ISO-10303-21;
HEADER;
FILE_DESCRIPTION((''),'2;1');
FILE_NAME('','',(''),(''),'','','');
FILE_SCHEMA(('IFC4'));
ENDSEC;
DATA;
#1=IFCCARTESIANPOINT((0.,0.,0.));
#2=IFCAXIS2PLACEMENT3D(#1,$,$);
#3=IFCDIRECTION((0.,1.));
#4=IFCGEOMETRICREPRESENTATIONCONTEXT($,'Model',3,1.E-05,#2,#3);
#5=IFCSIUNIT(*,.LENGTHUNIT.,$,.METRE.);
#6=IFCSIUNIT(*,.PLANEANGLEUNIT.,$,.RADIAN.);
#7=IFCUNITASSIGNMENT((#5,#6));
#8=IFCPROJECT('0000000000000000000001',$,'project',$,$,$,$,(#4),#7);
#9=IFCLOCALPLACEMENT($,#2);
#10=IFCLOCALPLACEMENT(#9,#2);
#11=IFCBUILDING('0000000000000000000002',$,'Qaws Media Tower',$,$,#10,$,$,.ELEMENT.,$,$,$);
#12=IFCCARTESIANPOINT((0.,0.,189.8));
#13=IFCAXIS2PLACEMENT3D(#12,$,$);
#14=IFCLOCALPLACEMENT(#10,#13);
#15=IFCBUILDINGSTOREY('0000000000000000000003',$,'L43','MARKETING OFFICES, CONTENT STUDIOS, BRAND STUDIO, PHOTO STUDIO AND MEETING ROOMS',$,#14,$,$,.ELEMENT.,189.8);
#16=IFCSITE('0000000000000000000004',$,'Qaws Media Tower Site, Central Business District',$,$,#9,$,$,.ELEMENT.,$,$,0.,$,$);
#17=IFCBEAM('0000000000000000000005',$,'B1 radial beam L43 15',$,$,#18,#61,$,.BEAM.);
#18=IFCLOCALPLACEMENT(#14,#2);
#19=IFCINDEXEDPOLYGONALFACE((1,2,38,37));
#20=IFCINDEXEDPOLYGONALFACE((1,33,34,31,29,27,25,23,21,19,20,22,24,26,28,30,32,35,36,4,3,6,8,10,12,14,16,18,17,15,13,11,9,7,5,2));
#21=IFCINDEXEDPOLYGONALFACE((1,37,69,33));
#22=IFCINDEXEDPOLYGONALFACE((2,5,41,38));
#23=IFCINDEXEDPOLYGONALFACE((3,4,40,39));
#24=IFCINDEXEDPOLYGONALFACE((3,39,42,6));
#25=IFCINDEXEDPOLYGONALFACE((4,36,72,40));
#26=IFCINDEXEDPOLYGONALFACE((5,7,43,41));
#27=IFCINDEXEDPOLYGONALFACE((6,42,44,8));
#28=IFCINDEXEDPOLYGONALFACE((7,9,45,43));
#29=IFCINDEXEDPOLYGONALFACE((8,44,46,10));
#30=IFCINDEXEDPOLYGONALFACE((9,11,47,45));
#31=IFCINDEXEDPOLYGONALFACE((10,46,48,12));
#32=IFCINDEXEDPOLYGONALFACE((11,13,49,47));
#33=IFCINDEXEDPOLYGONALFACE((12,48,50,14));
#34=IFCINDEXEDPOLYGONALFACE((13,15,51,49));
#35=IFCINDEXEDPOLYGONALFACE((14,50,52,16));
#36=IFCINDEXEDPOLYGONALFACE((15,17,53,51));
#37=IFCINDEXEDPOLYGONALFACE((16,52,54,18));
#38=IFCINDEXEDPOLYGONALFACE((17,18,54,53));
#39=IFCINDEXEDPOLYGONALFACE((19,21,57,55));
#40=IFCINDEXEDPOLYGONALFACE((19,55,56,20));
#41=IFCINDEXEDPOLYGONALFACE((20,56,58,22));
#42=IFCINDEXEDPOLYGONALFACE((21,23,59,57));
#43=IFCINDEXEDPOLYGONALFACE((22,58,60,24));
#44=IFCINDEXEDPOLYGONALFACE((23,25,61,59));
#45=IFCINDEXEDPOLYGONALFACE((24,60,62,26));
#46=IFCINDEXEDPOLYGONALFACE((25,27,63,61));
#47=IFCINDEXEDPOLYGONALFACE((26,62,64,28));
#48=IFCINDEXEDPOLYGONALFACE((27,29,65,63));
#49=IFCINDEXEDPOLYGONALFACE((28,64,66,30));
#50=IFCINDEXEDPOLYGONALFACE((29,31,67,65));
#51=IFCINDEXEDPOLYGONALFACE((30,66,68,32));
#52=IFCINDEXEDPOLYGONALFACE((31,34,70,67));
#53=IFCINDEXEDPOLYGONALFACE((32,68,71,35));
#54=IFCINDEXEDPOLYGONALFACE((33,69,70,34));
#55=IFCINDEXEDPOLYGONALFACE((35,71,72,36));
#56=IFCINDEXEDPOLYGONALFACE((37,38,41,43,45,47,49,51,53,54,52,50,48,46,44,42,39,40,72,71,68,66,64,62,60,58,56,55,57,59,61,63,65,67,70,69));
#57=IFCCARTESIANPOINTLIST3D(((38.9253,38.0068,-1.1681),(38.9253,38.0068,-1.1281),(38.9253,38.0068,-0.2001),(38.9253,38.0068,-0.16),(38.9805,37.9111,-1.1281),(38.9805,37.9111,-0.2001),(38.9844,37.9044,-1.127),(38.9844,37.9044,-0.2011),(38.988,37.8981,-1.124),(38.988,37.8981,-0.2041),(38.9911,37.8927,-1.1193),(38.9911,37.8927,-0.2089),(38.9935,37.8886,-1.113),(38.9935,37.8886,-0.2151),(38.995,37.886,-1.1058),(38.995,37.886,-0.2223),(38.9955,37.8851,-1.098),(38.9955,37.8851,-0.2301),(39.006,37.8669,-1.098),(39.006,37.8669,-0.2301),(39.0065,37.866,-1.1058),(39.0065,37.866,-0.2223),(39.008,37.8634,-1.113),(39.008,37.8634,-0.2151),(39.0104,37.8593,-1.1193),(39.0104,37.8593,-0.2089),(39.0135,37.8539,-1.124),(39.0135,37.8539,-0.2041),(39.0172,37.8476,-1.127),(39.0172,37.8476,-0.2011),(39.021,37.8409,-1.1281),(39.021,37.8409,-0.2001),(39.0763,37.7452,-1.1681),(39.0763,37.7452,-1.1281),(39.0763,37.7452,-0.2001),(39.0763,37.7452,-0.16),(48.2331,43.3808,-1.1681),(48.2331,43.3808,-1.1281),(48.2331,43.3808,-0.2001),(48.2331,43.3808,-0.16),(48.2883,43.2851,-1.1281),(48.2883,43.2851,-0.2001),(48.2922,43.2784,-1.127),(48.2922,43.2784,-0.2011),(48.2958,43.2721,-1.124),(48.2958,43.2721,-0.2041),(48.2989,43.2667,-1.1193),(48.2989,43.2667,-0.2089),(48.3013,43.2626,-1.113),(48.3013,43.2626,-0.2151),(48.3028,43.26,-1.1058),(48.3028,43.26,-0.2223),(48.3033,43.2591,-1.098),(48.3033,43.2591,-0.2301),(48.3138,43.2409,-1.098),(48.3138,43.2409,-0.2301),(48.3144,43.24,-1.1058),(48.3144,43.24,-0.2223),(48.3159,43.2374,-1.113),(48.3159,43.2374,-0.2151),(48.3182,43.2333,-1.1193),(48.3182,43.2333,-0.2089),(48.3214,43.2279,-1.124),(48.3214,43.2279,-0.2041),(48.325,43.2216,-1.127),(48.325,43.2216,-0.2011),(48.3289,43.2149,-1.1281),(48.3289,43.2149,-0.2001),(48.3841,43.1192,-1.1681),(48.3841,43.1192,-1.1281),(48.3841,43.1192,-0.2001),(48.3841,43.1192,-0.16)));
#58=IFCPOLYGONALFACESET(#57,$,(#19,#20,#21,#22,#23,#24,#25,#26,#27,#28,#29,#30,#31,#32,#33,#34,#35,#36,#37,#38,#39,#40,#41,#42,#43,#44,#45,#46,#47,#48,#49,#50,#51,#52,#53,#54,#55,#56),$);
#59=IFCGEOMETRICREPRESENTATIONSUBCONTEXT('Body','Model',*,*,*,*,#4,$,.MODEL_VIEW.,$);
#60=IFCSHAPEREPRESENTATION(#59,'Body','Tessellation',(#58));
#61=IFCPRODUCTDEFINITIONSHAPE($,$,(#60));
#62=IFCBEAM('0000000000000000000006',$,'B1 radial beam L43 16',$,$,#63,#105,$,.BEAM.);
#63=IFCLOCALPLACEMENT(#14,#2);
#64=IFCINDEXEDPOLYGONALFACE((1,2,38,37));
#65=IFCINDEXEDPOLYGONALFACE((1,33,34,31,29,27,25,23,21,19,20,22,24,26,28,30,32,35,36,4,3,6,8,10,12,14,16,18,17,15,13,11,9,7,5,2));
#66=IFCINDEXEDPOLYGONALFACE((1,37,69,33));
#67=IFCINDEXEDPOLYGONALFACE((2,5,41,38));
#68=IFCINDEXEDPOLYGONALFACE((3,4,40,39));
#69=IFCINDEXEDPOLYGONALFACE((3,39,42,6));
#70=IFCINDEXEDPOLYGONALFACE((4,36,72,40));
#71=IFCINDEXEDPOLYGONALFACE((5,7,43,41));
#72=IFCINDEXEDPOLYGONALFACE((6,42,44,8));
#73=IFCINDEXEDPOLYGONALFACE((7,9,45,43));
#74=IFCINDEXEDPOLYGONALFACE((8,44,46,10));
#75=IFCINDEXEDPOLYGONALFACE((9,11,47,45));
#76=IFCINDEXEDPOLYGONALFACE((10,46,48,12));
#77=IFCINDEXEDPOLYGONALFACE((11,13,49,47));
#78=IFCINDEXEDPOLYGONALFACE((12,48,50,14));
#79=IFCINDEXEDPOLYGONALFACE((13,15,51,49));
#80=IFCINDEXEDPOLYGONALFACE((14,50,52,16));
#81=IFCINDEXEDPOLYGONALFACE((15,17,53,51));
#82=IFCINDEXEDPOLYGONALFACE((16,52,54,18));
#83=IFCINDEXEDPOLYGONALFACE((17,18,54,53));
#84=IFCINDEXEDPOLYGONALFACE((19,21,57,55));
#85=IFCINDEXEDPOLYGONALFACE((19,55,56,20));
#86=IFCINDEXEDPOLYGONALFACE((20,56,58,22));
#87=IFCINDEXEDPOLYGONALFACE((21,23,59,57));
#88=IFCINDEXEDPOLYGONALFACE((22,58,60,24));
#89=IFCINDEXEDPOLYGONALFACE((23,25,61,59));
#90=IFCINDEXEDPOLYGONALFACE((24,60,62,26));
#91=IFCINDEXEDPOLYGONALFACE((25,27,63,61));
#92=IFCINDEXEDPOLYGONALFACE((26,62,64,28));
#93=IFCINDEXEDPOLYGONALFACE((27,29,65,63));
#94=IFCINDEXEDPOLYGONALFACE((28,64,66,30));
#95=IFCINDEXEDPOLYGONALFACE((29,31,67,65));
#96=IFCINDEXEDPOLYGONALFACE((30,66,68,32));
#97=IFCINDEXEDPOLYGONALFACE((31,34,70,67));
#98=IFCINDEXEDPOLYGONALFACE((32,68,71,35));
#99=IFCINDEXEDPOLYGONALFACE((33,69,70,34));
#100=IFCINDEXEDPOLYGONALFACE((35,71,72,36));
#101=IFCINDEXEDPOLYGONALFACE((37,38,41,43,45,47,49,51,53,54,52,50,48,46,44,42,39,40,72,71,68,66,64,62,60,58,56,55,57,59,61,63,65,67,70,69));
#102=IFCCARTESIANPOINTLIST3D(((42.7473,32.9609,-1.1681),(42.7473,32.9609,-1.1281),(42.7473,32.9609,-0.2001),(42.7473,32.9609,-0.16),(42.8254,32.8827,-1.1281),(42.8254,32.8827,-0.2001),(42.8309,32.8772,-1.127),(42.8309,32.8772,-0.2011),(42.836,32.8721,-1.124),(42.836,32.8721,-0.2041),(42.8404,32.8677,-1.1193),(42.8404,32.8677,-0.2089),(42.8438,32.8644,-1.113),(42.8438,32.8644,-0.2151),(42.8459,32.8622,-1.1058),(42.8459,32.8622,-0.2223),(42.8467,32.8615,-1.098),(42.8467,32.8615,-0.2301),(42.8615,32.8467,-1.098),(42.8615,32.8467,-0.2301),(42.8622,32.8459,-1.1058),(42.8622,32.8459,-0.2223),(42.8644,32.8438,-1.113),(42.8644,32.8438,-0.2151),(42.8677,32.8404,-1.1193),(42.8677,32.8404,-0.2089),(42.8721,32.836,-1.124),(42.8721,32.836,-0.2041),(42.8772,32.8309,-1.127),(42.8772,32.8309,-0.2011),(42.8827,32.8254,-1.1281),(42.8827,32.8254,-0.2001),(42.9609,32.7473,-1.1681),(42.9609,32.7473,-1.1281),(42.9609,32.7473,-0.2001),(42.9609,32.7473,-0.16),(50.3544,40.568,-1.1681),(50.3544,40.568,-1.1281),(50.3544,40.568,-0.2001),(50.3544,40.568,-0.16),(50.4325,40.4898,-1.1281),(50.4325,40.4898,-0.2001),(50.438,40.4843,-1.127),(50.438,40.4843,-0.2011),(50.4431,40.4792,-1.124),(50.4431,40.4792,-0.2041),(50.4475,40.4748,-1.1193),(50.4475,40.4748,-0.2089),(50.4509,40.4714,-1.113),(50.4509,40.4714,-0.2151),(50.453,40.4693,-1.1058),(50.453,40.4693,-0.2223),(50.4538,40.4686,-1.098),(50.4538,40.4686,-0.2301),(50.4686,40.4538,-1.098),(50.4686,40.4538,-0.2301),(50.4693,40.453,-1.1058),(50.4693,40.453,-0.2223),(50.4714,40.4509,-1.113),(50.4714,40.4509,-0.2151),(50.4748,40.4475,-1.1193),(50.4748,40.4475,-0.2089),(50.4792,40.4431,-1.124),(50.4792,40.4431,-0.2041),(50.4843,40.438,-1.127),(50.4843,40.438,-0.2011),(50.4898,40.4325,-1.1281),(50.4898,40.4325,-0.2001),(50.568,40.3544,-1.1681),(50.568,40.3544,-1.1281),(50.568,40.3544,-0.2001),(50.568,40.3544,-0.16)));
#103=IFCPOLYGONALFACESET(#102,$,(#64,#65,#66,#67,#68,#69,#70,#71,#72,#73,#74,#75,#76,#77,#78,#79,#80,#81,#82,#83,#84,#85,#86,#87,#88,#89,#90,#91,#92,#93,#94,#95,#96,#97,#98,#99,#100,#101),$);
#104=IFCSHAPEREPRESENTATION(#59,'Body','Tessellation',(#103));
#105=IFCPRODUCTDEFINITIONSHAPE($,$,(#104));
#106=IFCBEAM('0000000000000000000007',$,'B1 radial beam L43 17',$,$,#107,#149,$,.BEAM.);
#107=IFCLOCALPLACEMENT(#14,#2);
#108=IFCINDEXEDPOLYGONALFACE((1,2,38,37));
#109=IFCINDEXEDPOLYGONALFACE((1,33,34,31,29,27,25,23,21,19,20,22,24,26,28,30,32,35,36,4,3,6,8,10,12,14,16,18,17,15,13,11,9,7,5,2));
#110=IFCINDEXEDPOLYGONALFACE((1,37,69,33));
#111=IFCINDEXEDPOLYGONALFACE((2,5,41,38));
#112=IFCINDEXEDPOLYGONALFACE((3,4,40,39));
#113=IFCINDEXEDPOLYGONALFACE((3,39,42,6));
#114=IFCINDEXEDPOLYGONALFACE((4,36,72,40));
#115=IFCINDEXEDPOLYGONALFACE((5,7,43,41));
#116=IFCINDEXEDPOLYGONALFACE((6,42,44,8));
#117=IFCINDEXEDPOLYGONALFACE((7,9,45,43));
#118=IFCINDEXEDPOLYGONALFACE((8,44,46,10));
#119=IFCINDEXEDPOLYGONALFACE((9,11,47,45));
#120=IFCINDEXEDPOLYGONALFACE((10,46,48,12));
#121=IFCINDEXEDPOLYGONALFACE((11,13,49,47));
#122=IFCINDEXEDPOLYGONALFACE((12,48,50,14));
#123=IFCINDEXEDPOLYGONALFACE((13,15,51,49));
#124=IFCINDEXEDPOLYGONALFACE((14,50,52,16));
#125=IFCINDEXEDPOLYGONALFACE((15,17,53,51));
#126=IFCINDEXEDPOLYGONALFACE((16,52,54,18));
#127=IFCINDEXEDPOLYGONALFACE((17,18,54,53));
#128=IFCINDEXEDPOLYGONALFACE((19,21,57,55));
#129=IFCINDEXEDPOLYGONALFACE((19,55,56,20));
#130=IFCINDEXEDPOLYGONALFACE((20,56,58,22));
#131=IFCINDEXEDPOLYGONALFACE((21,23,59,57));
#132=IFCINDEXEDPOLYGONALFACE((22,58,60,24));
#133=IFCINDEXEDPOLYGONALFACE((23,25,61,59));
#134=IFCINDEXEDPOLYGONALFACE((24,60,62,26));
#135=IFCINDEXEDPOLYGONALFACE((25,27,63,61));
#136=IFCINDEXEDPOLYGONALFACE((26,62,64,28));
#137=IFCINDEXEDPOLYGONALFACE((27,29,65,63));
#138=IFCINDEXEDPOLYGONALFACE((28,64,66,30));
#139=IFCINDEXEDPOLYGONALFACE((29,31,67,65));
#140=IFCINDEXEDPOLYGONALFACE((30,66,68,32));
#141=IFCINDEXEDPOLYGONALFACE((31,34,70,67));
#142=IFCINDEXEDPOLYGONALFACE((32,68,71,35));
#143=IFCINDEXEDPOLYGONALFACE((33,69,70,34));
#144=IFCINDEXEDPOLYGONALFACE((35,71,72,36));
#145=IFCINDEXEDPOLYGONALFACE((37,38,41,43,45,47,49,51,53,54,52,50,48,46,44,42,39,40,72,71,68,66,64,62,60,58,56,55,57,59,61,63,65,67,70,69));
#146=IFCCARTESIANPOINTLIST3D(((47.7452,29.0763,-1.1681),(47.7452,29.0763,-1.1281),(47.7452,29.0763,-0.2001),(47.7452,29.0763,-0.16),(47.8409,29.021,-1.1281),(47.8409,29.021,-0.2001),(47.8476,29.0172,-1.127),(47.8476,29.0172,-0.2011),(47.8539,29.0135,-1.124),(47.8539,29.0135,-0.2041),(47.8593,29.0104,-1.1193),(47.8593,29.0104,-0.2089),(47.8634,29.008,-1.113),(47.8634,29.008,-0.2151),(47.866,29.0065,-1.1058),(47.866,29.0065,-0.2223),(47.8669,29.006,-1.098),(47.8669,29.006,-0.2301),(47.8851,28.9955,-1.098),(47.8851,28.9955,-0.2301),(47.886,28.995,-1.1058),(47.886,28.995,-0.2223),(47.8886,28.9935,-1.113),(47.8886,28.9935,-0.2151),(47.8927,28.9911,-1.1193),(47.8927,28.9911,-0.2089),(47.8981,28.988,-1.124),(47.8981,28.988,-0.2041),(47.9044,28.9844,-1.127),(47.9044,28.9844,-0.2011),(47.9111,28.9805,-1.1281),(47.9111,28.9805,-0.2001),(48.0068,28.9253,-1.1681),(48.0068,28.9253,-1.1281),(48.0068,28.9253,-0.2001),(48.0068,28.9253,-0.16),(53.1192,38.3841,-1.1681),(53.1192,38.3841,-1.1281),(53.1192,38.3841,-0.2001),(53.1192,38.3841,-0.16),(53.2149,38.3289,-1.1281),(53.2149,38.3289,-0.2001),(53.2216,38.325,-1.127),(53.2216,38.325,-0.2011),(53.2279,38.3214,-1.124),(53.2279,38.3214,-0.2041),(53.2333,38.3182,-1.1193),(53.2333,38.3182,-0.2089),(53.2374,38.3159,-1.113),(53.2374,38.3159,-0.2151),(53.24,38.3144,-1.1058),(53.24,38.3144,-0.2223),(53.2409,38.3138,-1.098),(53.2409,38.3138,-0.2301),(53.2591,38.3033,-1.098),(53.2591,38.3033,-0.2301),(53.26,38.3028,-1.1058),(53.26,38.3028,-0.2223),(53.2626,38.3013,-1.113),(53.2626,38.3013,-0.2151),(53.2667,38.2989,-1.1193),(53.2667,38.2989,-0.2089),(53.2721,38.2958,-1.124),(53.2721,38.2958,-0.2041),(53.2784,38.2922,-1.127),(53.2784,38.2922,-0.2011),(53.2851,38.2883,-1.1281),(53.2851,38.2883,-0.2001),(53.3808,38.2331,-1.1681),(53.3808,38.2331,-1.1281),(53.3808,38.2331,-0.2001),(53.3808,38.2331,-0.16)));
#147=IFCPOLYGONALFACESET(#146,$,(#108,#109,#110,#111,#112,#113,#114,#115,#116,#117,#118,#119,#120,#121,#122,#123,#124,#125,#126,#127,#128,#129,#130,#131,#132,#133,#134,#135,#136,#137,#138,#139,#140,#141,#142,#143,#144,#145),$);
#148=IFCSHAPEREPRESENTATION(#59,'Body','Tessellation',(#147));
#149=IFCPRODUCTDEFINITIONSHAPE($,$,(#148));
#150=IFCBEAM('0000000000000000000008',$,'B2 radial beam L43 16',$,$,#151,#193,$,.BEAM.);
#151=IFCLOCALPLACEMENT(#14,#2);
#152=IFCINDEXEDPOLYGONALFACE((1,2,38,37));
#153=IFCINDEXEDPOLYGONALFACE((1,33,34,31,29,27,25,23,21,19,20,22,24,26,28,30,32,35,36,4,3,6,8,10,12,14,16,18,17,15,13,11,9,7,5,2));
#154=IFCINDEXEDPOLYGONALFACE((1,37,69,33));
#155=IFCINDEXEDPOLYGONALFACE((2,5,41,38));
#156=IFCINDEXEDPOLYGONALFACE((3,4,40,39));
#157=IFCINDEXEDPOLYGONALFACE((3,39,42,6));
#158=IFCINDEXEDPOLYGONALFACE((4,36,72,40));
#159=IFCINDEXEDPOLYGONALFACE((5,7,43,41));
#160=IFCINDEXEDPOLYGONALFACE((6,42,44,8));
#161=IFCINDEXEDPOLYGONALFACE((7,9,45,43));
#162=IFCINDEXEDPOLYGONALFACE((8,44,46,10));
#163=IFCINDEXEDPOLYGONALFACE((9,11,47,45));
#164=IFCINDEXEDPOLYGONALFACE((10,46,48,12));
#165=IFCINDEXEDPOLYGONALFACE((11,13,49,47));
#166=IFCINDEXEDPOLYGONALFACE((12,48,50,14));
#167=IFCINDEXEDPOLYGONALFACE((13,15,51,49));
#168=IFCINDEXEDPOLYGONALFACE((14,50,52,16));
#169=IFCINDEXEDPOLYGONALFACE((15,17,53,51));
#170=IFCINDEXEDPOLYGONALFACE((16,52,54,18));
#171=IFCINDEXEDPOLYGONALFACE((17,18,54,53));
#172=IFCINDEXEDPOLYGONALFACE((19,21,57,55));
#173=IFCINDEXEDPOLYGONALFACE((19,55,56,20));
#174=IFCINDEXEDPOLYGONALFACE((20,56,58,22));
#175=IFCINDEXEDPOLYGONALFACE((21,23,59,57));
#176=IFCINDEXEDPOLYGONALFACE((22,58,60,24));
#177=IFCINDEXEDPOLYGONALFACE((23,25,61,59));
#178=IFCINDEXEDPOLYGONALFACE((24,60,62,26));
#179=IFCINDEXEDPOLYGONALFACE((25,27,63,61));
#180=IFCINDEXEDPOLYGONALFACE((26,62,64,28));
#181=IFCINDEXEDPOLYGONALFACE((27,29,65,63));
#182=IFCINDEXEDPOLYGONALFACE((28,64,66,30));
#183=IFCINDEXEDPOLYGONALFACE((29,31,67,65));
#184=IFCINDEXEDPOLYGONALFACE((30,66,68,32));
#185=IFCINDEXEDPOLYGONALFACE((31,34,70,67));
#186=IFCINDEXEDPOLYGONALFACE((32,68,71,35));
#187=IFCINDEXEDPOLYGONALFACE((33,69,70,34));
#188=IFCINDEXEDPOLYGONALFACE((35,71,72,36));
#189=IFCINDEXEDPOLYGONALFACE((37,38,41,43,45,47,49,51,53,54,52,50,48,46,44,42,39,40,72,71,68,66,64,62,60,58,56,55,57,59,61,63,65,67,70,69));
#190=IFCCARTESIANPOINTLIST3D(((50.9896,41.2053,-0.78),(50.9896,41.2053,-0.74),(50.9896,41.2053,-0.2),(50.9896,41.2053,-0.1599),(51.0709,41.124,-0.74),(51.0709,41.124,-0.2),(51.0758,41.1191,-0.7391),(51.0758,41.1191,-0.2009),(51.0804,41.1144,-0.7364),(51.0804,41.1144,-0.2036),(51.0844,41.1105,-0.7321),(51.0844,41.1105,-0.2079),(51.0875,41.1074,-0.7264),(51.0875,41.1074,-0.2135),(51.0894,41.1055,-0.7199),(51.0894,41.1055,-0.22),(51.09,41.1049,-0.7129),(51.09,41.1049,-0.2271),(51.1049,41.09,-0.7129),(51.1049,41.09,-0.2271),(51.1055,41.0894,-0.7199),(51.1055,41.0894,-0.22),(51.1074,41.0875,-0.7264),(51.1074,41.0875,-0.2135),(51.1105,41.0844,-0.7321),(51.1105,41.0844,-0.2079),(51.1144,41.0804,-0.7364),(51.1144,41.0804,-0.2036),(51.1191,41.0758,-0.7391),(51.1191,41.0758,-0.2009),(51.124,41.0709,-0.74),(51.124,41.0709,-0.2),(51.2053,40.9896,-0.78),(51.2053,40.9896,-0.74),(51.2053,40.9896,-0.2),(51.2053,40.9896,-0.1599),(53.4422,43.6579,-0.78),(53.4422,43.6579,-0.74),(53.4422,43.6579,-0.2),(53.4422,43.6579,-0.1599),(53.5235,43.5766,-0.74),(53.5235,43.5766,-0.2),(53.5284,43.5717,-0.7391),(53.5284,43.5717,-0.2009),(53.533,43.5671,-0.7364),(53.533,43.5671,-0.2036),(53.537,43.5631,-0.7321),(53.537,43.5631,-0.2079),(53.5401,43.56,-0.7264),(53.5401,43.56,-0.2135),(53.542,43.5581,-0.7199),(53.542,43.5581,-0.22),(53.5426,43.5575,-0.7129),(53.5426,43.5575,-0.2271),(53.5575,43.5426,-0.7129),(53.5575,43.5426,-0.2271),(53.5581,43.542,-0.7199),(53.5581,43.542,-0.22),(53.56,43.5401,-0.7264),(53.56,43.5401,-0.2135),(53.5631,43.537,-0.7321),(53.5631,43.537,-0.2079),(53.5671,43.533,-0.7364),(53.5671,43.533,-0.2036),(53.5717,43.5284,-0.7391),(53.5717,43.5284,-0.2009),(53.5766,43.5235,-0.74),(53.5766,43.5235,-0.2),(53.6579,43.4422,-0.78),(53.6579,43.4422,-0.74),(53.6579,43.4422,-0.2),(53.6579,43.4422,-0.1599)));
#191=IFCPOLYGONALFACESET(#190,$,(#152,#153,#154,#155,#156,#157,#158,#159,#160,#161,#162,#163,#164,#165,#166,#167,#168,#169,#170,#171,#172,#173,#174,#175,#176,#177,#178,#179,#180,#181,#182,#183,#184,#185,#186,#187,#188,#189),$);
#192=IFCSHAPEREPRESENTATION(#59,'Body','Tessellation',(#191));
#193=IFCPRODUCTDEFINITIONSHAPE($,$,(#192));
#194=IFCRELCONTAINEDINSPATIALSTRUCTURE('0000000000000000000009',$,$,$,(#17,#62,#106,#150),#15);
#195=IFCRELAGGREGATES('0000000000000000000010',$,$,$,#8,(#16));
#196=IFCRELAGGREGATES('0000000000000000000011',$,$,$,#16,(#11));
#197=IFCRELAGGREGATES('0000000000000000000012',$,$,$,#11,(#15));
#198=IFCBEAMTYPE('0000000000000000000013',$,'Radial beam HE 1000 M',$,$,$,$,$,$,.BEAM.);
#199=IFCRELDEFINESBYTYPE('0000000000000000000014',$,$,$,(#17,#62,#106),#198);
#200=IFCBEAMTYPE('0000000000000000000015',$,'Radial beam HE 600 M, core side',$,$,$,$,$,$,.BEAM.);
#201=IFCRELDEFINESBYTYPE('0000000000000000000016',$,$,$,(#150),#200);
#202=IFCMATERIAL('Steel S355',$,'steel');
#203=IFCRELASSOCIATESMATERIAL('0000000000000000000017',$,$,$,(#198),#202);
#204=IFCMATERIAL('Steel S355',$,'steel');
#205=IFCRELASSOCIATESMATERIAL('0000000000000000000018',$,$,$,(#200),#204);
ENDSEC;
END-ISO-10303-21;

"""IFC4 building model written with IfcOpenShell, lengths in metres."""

from ifc_helpers import new_model, si_unit, direction, frame, origin, origin_2d, place, context, subcontext, project, spatial, i_section, extrude, material, material_profile, profile_set, type_object, element, save


model = new_model("IFC4")

# Units and contexts
model_context = context("Model", 3, precision=1e-05, world=origin(), true_north=direction((0.0, 1.0)))
body_context = subcontext(model_context, "Body", "Model", "MODEL_VIEW")
ifc_project = project(units=[si_unit("LENGTHUNIT", "METRE"), si_unit("PLANEANGLEUNIT", "RADIAN")], contexts=[model_context])

# Site, building, storey
site_placement = place(None, origin())
site = spatial("IfcSite", under=ifc_project, at=site_placement, Name="Qaws Media Tower Site, Central Business District", CompositionType="ELEMENT", RefElevation=0.0)
building_placement = place(site_placement, origin())
building = spatial("IfcBuilding", under=site, at=building_placement, Name="Qaws Media Tower", CompositionType="ELEMENT")
storey_placement = place(building_placement, frame((0.0, 0.0, 189.8)))
storey = spatial("IfcBuildingStorey", under=building, at=storey_placement, Name="L43", Description="MARKETING OFFICES, CONTENT STUDIOS, BRAND STUDIO, PHOTO STUDIO AND MEETING ROOMS", CompositionType="ELEMENT", Elevation=189.8)

# Beams
ifc_material_1 = material(Name="Steel S355", Category="steel")
ifc_material_profile_1 = material_profile(ifc_material_1, i_section(OverallWidth=0.302, OverallDepth=1.0081, WebThickness=0.021, FlangeThickness=0.04, FilletRadius=0.03, at=origin_2d()), Name="HE 1000 M")
ifc_profile_set_1 = profile_set([ifc_material_profile_1], Name="Steel S355")
beam_type_1 = type_object("IfcBeamType", Name="Radial beam HE 1000 M", PredefinedType="BEAM", material=ifc_profile_set_1)
beam_1_placement = place(storey_placement, frame((48.3086, 43.25, -0.6641), z_axis=(-0.86602, -0.500009, 0.0), x_axis=(0.500009, -0.86602, 0.0)))
element("IfcBeam", 1, at=beam_1_placement, inside=storey, type_object=beam_type_1, Name="B1 radial beam L43 15", PredefinedType="BEAM", context=body_context, shape_type="SweptSolid", body=[
    extrude(i_section(OverallWidth=0.302, OverallDepth=1.0081, WebThickness=0.021, FlangeThickness=0.04, FilletRadius=0.03, at=origin_2d()), origin(), (0.0, 0.0, 1.0), 10.7478),
])
beam_2_placement = place(storey_placement, frame((50.4612, 40.4612, -0.6641), z_axis=(-0.707107, -0.707107, 0.0), x_axis=(0.707107, -0.707107, 0.0)))
element("IfcBeam", 2, at=beam_2_placement, inside=storey, type_object=beam_type_1, Name="B1 radial beam L43 16", PredefinedType="BEAM", context=body_context, shape_type="SweptSolid", body=[
    extrude(i_section(OverallWidth=0.302, OverallDepth=1.0081, WebThickness=0.021, FlangeThickness=0.04, FilletRadius=0.03, at=origin_2d()), origin(), (0.0, 0.0, 1.0), 10.7581),
])
beam_3_placement = place(storey_placement, frame((53.25, 38.3086, -0.6641), z_axis=(-0.500009, -0.86602, 0.0), x_axis=(0.86602, -0.500009, 0.0)))
element("IfcBeam", 3, at=beam_3_placement, inside=storey, type_object=beam_type_1, Name="B1 radial beam L43 17", PredefinedType="BEAM", context=body_context, shape_type="SweptSolid", body=[
    extrude(i_section(OverallWidth=0.302, OverallDepth=1.0081, WebThickness=0.021, FlangeThickness=0.04, FilletRadius=0.03, at=origin_2d()), origin(), (0.0, 0.0, 1.0), 10.7478),
])
ifc_material_2 = material(Name="Steel S355", Category="steel")
ifc_material_profile_2 = material_profile(ifc_material_2, i_section(OverallWidth=0.3049, OverallDepth=0.6201, WebThickness=0.021, FlangeThickness=0.04, FilletRadius=0.0271, at=origin_2d()), Name="HE 600 M")
ifc_profile_set_2 = profile_set([ifc_material_profile_2], Name="Steel S355")
beam_type_2 = type_object("IfcBeamType", Name="Radial beam HE 600 M, core side", PredefinedType="BEAM", material=ifc_profile_set_2)
beam_4_placement = place(storey_placement, frame((53.55, 43.55, -0.47), z_axis=(-0.707107, -0.707107, 0.0), x_axis=(0.707107, -0.707107, 0.0)))
element("IfcBeam", 4, at=beam_4_placement, inside=storey, type_object=beam_type_2, Name="B2 radial beam L43 16", PredefinedType="BEAM", context=body_context, shape_type="SweptSolid", body=[
    extrude(i_section(OverallWidth=0.3049, OverallDepth=0.6201, WebThickness=0.021, FlangeThickness=0.04, FilletRadius=0.0271, at=origin_2d()), origin(), (0.0, 0.0, 1.0), 3.4685),
])

save(model, "model.ifc")
